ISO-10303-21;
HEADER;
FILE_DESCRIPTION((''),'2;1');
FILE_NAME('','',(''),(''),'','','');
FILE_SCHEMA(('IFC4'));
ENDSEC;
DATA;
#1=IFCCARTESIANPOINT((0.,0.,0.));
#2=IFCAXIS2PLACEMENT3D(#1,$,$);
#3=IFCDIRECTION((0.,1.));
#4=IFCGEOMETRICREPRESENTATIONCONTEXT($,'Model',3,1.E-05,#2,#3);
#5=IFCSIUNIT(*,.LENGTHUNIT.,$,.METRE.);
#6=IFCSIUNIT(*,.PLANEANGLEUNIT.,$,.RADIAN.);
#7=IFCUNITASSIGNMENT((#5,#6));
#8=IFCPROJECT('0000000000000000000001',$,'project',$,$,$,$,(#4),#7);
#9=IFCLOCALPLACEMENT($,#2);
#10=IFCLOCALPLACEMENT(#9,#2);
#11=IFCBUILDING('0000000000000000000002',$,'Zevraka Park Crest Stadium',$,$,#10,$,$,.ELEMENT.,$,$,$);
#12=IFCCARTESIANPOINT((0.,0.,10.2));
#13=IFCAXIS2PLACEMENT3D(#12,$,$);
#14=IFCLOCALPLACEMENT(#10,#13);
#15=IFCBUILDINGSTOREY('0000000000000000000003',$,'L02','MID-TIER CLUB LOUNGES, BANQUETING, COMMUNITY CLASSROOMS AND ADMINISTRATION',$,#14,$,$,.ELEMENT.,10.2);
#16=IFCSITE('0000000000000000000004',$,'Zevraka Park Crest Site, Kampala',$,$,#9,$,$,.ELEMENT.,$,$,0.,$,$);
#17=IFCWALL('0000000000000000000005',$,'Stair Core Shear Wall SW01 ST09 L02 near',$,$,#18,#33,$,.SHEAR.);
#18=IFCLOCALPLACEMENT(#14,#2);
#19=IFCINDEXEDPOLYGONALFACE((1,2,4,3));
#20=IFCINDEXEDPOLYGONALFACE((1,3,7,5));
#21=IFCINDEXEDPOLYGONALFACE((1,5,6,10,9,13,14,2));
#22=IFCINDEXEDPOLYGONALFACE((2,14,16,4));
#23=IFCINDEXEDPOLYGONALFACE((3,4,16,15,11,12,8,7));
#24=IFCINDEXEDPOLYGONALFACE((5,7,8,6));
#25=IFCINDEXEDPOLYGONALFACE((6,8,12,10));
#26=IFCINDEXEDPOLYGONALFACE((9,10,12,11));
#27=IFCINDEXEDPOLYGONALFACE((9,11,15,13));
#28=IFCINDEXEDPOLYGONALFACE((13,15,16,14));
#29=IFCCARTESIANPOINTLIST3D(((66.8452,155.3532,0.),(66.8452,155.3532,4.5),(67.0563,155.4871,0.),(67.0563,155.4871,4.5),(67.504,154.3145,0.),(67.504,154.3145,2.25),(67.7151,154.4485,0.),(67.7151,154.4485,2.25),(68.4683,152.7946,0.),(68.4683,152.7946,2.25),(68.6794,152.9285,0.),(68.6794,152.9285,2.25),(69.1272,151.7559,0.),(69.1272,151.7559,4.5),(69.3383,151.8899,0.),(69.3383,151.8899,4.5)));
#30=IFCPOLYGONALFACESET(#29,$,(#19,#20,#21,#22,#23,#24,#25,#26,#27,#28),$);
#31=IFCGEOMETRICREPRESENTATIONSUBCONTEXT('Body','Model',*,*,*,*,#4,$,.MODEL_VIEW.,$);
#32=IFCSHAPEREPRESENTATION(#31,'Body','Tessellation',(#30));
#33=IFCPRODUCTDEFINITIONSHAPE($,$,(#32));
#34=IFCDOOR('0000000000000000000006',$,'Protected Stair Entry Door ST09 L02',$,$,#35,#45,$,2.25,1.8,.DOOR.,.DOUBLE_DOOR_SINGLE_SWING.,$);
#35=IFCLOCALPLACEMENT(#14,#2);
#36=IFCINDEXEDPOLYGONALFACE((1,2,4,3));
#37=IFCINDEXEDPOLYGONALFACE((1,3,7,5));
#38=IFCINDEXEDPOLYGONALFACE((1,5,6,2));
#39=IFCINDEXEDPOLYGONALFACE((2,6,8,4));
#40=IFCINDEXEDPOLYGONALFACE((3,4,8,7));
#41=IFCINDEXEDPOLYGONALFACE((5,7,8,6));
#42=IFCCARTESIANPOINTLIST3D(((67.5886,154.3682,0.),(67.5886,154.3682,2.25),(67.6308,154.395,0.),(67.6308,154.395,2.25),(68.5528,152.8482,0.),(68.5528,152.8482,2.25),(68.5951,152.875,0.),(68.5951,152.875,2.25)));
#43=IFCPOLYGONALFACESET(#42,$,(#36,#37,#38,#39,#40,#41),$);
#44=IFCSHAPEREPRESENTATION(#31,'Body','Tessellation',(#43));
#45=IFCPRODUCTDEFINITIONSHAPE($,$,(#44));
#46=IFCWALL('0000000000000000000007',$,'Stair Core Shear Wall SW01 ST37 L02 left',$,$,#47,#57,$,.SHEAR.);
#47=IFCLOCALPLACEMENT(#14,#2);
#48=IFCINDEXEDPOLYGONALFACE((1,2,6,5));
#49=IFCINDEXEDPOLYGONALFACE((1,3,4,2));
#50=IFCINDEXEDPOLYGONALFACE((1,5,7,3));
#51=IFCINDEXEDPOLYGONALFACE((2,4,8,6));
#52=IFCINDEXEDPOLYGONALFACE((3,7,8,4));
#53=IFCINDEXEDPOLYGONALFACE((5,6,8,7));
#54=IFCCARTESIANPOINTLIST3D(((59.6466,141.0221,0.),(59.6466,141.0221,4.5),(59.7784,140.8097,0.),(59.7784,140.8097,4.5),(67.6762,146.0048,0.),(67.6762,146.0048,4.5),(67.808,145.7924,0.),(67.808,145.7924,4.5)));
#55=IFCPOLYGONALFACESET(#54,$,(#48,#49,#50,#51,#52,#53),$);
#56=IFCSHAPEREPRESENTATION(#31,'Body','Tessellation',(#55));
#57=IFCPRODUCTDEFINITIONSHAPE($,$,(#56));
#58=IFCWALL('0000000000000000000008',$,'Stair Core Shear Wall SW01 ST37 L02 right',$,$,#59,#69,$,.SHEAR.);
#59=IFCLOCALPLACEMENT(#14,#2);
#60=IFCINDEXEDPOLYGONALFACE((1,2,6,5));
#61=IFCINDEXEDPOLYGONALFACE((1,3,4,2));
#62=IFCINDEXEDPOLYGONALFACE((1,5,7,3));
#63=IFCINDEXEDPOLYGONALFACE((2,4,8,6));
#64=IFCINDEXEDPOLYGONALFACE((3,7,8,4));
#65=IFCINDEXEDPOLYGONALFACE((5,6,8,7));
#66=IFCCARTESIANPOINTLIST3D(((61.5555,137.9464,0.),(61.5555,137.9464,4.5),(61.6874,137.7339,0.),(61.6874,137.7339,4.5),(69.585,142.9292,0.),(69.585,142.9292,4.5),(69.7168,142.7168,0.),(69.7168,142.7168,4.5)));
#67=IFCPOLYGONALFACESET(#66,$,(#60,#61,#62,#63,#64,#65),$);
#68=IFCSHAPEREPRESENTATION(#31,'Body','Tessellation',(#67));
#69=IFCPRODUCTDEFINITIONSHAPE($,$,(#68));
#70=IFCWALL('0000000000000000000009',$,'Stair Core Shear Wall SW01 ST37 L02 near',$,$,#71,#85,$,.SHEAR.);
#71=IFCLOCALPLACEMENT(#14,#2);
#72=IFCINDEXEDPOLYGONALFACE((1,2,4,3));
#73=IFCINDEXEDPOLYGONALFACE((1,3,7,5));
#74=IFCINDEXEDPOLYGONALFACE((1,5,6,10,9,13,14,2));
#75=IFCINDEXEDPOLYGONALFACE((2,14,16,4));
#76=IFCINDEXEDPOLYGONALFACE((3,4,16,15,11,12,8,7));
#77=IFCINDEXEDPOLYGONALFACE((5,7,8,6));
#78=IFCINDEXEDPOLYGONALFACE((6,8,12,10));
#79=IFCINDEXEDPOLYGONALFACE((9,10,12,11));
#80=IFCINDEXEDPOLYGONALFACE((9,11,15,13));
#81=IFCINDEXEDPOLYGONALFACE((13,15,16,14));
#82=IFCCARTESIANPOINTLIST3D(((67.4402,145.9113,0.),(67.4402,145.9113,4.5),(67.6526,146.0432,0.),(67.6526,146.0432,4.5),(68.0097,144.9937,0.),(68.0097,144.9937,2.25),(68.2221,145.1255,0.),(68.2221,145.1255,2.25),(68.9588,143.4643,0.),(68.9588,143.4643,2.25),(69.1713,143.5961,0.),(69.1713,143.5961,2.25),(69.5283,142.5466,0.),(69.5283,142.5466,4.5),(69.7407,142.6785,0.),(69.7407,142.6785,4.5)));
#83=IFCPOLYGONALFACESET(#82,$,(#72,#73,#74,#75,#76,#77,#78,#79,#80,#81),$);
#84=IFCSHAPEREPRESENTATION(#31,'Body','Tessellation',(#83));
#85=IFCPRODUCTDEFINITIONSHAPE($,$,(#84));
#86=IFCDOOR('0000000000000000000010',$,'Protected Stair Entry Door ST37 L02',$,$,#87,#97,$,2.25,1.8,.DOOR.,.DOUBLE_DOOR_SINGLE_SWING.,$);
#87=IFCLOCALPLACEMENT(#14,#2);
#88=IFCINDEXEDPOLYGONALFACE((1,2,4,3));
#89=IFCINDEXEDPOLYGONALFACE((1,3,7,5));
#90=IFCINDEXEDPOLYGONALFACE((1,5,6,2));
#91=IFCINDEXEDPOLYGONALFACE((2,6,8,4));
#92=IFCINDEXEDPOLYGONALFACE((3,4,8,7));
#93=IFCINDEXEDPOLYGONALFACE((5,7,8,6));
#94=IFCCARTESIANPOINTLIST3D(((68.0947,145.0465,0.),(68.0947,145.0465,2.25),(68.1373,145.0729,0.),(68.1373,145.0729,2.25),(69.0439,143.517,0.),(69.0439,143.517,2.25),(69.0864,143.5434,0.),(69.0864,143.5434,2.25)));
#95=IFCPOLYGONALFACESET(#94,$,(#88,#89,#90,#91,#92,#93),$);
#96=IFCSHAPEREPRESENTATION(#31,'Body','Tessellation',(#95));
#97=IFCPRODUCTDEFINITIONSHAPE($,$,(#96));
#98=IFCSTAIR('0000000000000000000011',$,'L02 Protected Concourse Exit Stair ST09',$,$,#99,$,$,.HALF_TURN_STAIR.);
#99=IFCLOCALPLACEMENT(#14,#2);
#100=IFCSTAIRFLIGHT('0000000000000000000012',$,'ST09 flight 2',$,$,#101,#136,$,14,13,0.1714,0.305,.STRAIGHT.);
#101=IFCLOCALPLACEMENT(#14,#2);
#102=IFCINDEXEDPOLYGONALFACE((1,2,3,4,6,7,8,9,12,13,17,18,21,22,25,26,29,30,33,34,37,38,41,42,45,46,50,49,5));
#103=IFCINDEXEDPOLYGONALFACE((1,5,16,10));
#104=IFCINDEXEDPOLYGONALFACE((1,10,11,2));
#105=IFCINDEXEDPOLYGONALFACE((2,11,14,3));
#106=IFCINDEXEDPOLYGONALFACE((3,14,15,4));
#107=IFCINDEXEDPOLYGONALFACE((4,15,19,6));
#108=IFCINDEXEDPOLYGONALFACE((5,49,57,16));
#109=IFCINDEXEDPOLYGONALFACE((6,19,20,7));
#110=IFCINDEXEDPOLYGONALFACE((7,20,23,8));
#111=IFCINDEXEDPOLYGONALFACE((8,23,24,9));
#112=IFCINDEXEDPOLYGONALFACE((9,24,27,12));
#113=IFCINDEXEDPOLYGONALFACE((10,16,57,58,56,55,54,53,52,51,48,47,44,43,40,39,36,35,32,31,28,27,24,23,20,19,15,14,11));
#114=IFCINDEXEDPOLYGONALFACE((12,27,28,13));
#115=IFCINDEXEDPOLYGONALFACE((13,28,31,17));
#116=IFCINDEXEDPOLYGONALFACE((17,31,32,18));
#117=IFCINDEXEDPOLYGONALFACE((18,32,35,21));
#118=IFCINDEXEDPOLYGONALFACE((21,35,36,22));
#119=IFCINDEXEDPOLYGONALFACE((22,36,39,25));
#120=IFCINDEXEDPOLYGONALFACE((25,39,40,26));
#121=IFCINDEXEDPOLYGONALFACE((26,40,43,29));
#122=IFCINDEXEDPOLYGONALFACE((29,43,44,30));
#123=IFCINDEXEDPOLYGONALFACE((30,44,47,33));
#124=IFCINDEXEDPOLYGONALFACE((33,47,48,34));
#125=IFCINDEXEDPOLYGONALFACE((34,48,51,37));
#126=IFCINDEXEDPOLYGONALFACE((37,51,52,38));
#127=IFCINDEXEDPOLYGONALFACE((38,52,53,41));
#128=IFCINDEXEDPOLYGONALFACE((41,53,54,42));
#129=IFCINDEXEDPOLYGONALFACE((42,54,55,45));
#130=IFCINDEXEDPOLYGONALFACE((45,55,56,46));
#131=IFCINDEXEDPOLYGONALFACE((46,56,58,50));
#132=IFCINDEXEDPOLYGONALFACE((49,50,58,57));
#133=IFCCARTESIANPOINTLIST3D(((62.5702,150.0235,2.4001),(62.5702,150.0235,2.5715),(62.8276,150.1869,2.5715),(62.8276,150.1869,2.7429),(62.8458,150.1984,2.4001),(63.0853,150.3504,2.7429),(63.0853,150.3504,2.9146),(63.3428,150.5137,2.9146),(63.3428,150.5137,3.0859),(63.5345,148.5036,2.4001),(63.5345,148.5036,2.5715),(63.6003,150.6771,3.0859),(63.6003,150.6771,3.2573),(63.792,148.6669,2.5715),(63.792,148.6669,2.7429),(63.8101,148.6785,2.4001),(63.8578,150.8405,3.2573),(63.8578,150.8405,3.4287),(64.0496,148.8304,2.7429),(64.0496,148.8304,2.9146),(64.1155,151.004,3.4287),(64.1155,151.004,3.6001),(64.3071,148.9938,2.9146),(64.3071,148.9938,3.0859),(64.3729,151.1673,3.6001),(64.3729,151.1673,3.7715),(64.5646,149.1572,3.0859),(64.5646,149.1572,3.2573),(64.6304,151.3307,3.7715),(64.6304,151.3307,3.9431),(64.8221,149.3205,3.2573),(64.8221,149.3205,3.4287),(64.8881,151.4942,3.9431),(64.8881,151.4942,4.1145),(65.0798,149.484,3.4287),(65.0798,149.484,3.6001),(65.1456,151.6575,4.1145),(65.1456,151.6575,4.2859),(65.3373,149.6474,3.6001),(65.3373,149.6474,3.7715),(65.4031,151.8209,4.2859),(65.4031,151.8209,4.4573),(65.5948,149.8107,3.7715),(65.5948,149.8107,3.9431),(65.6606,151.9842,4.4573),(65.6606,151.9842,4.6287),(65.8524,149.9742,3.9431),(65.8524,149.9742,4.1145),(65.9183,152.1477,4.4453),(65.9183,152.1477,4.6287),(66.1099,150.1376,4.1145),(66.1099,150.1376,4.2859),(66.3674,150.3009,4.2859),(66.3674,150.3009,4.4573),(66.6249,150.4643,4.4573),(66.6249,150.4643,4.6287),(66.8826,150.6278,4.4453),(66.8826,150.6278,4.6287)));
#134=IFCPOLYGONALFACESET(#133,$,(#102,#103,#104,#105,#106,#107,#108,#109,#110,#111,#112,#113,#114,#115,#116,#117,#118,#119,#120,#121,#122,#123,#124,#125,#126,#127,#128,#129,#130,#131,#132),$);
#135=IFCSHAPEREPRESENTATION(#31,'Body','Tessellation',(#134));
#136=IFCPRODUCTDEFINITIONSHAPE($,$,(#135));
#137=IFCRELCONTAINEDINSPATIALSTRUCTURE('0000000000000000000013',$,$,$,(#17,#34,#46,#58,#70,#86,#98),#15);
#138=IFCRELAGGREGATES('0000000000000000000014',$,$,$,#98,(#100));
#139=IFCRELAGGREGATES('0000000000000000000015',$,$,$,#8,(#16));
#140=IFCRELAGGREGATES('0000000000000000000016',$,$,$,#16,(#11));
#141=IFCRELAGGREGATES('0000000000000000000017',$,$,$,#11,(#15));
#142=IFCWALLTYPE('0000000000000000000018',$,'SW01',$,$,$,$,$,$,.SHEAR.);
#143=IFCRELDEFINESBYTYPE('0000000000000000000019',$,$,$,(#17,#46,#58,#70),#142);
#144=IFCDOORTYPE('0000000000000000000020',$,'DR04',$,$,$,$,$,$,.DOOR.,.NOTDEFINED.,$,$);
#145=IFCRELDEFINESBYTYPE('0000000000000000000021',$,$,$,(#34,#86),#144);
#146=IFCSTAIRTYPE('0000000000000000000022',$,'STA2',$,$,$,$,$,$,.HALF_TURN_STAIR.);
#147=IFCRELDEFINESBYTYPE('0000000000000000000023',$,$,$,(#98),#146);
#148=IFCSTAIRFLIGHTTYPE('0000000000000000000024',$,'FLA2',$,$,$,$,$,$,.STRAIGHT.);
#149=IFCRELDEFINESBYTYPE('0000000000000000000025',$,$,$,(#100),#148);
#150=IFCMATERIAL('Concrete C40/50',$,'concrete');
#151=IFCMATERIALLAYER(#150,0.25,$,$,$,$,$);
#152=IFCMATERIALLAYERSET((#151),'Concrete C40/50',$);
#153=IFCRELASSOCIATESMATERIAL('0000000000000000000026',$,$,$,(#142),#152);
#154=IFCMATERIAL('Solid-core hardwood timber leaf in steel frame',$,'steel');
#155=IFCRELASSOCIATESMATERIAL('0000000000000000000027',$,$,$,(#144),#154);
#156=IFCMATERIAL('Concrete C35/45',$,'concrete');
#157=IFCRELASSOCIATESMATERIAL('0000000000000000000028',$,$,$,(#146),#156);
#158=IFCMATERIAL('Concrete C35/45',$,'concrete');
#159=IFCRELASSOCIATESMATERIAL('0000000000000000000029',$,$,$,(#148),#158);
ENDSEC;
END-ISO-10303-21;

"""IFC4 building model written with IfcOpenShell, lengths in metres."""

from ifc_helpers import new_model, si_unit, direction, frame, frame_2d, origin, place, context, subcontext, project, spatial, polyline, rectangle, outline, extrude, material, layer, layer_set, type_object, element, fill, aggregate, save


model = new_model("IFC4")

# Units and contexts
model_context = context("Model", 3, precision=1e-05, world=origin(), true_north=direction((0.0, 1.0)))
body_context = subcontext(model_context, "Body", "Model", "MODEL_VIEW")
ifc_project = project(units=[si_unit("LENGTHUNIT", "METRE"), si_unit("PLANEANGLEUNIT", "RADIAN")], contexts=[model_context])

# Site, building, storey
site_placement = place(None, origin())
site = spatial("IfcSite", under=ifc_project, at=site_placement, Name="Zevraka Park Crest Site, Kampala", CompositionType="ELEMENT", RefElevation=0.0)
building_placement = place(site_placement, origin())
building = spatial("IfcBuilding", under=site, at=building_placement, Name="Zevraka Park Crest Stadium", CompositionType="ELEMENT")
storey_placement = place(building_placement, frame((0.0, 0.0, 10.2)))
storey = spatial("IfcBuildingStorey", under=building, at=storey_placement, Name="L02", Description="MID-TIER CLUB LOUNGES, BANQUETING, COMMUNITY CLASSROOMS AND ADMINISTRATION", CompositionType="ELEMENT", Elevation=10.2)

# Wall, opening, door
ifc_material_1 = material(Name="Concrete C40/50", Category="concrete")
ifc_layer = layer(ifc_material_1, 0.25)
ifc_layer_set = layer_set([ifc_layer], Name="Concrete C40/50")
wall_type = type_object("IfcWallType", Name="SW01", PredefinedType="SHEAR", material=ifc_layer_set)
wall_1_placement = place(storey_placement, frame((69.2327, 151.823, 0.0), z_axis=(0.0, 0.0, 1.0), x_axis=(-0.535685, 0.844418, 0.0)))
wall_1 = element("IfcWall", 1, at=wall_1_placement, inside=storey, type_object=wall_type, Name="Stair Core Shear Wall SW01 ST09 L02 near", PredefinedType="SHEAR", context=body_context, shape_type="SweptSolid", body=[
    extrude(rectangle(XDim=4.26, YDim=0.25, at=frame_2d((2.1299, 0.0))), origin(), (0.0, 0.0, 1.0), 4.5),
])
opening_1_placement = place(wall_1_placement, frame((1.23, 0.0, 0.0)))
opening_1 = element("IfcOpeningElement", 2, at=opening_1_placement, cuts=wall_1, PredefinedType="OPENING", context=body_context, shape_type="SweptSolid", body=[
    extrude(rectangle(XDim=1.8, YDim=2.25, at=frame_2d((0.8999, 1.125))), frame((0.0, 0.135, 0.0), z_axis=(0.0, -1.0, 0.0), x_axis=(1.0, 0.0, 0.0)), (0.0, 0.0, 1.0), 0.27),
])
ifc_material_2 = material(Name="Solid-core hardwood timber leaf in steel frame", Category="steel")
door_type = type_object("IfcDoorType", Name="DR04", OperationType="NOTDEFINED", PredefinedType="DOOR", material=ifc_material_2)
door_1_placement = place(opening_1_placement, origin())
door_1 = element("IfcDoor", 3, at=door_1_placement, inside=storey, type_object=door_type, Name="Protected Stair Entry Door ST09 L02", OperationType="DOUBLE_DOOR_SINGLE_SWING", OverallHeight=2.25, OverallWidth=1.8, PredefinedType="DOOR", context=body_context, shape_type="SweptSolid", body=[
    extrude(rectangle(XDim=1.8, YDim=2.25, at=frame_2d((0.8999, 1.125))), frame((0.0, 0.0249, 0.0), z_axis=(0.0, -1.0, 0.0), x_axis=(1.0, 0.0, 0.0)), (0.0, 0.0, 1.0), 0.05),
])
fill(opening_1, door_1)

# Walls
for number, where, z_axis, x_axis, name in (
    (4, (67.7422, 145.8987, 0.0), (0.0, 0.0, 1.0), (-0.849696, -0.527272, 0.0), "Stair Core Shear Wall SW01 ST37 L02 left"),
    (5, (61.6213, 137.8401, 0.0), (0.0, 0.0, 1.0), (0.849685, 0.527291, 0.0), "Stair Core Shear Wall SW01 ST37 L02 right"),
):
    element("IfcWall", number, at=place(storey_placement, frame(where, z_axis=z_axis, x_axis=x_axis)), inside=storey, type_object=wall_type, Name=name, PredefinedType="SHEAR", context=body_context, shape_type="SweptSolid", body=[
        extrude(rectangle(XDim=9.45, YDim=0.25, at=frame_2d((4.7251, 0.0))), origin(), (0.0, 0.0, 1.0), 4.5),
    ])

# Wall, opening, door
wall_2_placement = place(storey_placement, frame((69.6345, 142.6125, 0.0), z_axis=(0.0, 0.0, 1.0), x_axis=(-0.527303, 0.849677, 0.0)))
wall_2 = element("IfcWall", 6, at=wall_2_placement, inside=storey, type_object=wall_type, Name="Stair Core Shear Wall SW01 ST37 L02 near", PredefinedType="SHEAR", context=body_context, shape_type="SweptSolid", body=[
    extrude(rectangle(XDim=3.96, YDim=0.25, at=frame_2d((1.98, 0.0))), origin(), (0.0, 0.0, 1.0), 4.5),
])
opening_2_placement = place(wall_2_placement, frame((1.0801, 0.0, 0.0)))
opening_2 = element("IfcOpeningElement", 7, at=opening_2_placement, cuts=wall_2, PredefinedType="OPENING", context=body_context, shape_type="SweptSolid", body=[
    extrude(rectangle(XDim=1.8, YDim=2.25, at=frame_2d((0.8999, 1.125))), frame((0.0, 0.135, 0.0), z_axis=(0.0, -1.0, 0.0), x_axis=(1.0, 0.0, 0.0)), (0.0, 0.0, 1.0), 0.27),
])
door_2_placement = place(opening_2_placement, origin())
door_2 = element("IfcDoor", 8, at=door_2_placement, inside=storey, type_object=door_type, Name="Protected Stair Entry Door ST37 L02", OperationType="DOUBLE_DOOR_SINGLE_SWING", OverallHeight=2.25, OverallWidth=1.8, PredefinedType="DOOR", context=body_context, shape_type="SweptSolid", body=[
    extrude(rectangle(XDim=1.8, YDim=2.25, at=frame_2d((0.8999, 1.125))), frame((0.0, 0.0249, 0.0), z_axis=(0.0, -1.0, 0.0), x_axis=(1.0, 0.0, 0.0)), (0.0, 0.0, 1.0), 0.05),
])
fill(opening_2, door_2)

# Stair, stair flight
ifc_material_3 = material(Name="Concrete C35/45", Category="concrete")
stair_type = type_object("IfcStairType", Name="STA2", PredefinedType="HALF_TURN_STAIR", material=ifc_material_3)
stair_placement = place(storey_placement, origin())
stair = element("IfcStair", 9, at=stair_placement, inside=storey, type_object=stair_type, Name="L02 Protected Concourse Exit Stair ST09", PredefinedType="HALF_TURN_STAIR")
ifc_material_4 = material(Name="Concrete C35/45", Category="concrete")
stair_flight_type = type_object("IfcStairFlightType", Name="FLA2", PredefinedType="STRAIGHT", material=ifc_material_4)
stair_flight_placement = place(storey_placement, frame((63.0522, 149.2637, 2.4001), z_axis=(0.0, 0.0, 1.0), x_axis=(0.844397, 0.535718, 0.0)))
stair_flight = element("IfcStairFlight", 10, at=stair_flight_placement, type_object=stair_flight_type, Name="ST09 flight 2", NumberOfRisers=14, NumberOfTreads=13, PredefinedType="STRAIGHT", RiserHeight=0.1714, TreadLength=0.305, context=body_context, shape_type="SweptSolid", body=[
    extrude(outline(polyline([(0.0, 0.0), (0.0, 0.1714), (0.3049, 0.1714), (0.3049, 0.3428), (0.6101, 0.3428), (0.6101, 0.5144), (0.915, 0.5144), (0.915, 0.6858), (1.22, 0.6858), (1.22, 0.8572), (1.5249, 0.8572), (1.5249, 1.0286), (1.8301, 1.0286), (1.8301, 1.2), (2.135, 1.2), (2.135, 1.3713), (2.4399, 1.3713), (2.4399, 1.543), (2.7451, 1.543), (2.7451, 1.7144), (3.05, 1.7144), (3.05, 1.8857), (3.355, 1.8857), (3.355, 2.0571), (3.6599, 2.0571), (3.6599, 2.2285), (3.9651, 2.2285), (3.9651, 2.3999), (3.9651, 2.0452), (0.3264, 0.0), (0.0, 0.0)])), frame((0.0, 0.8999, 0.0), z_axis=(0.0, -1.0, 0.0), x_axis=(1.0, 0.0, 0.0)), (0.0, 0.0, 1.0), 1.8),
])
aggregate(stair, [stair_flight])

save(model, "model.ifc")
